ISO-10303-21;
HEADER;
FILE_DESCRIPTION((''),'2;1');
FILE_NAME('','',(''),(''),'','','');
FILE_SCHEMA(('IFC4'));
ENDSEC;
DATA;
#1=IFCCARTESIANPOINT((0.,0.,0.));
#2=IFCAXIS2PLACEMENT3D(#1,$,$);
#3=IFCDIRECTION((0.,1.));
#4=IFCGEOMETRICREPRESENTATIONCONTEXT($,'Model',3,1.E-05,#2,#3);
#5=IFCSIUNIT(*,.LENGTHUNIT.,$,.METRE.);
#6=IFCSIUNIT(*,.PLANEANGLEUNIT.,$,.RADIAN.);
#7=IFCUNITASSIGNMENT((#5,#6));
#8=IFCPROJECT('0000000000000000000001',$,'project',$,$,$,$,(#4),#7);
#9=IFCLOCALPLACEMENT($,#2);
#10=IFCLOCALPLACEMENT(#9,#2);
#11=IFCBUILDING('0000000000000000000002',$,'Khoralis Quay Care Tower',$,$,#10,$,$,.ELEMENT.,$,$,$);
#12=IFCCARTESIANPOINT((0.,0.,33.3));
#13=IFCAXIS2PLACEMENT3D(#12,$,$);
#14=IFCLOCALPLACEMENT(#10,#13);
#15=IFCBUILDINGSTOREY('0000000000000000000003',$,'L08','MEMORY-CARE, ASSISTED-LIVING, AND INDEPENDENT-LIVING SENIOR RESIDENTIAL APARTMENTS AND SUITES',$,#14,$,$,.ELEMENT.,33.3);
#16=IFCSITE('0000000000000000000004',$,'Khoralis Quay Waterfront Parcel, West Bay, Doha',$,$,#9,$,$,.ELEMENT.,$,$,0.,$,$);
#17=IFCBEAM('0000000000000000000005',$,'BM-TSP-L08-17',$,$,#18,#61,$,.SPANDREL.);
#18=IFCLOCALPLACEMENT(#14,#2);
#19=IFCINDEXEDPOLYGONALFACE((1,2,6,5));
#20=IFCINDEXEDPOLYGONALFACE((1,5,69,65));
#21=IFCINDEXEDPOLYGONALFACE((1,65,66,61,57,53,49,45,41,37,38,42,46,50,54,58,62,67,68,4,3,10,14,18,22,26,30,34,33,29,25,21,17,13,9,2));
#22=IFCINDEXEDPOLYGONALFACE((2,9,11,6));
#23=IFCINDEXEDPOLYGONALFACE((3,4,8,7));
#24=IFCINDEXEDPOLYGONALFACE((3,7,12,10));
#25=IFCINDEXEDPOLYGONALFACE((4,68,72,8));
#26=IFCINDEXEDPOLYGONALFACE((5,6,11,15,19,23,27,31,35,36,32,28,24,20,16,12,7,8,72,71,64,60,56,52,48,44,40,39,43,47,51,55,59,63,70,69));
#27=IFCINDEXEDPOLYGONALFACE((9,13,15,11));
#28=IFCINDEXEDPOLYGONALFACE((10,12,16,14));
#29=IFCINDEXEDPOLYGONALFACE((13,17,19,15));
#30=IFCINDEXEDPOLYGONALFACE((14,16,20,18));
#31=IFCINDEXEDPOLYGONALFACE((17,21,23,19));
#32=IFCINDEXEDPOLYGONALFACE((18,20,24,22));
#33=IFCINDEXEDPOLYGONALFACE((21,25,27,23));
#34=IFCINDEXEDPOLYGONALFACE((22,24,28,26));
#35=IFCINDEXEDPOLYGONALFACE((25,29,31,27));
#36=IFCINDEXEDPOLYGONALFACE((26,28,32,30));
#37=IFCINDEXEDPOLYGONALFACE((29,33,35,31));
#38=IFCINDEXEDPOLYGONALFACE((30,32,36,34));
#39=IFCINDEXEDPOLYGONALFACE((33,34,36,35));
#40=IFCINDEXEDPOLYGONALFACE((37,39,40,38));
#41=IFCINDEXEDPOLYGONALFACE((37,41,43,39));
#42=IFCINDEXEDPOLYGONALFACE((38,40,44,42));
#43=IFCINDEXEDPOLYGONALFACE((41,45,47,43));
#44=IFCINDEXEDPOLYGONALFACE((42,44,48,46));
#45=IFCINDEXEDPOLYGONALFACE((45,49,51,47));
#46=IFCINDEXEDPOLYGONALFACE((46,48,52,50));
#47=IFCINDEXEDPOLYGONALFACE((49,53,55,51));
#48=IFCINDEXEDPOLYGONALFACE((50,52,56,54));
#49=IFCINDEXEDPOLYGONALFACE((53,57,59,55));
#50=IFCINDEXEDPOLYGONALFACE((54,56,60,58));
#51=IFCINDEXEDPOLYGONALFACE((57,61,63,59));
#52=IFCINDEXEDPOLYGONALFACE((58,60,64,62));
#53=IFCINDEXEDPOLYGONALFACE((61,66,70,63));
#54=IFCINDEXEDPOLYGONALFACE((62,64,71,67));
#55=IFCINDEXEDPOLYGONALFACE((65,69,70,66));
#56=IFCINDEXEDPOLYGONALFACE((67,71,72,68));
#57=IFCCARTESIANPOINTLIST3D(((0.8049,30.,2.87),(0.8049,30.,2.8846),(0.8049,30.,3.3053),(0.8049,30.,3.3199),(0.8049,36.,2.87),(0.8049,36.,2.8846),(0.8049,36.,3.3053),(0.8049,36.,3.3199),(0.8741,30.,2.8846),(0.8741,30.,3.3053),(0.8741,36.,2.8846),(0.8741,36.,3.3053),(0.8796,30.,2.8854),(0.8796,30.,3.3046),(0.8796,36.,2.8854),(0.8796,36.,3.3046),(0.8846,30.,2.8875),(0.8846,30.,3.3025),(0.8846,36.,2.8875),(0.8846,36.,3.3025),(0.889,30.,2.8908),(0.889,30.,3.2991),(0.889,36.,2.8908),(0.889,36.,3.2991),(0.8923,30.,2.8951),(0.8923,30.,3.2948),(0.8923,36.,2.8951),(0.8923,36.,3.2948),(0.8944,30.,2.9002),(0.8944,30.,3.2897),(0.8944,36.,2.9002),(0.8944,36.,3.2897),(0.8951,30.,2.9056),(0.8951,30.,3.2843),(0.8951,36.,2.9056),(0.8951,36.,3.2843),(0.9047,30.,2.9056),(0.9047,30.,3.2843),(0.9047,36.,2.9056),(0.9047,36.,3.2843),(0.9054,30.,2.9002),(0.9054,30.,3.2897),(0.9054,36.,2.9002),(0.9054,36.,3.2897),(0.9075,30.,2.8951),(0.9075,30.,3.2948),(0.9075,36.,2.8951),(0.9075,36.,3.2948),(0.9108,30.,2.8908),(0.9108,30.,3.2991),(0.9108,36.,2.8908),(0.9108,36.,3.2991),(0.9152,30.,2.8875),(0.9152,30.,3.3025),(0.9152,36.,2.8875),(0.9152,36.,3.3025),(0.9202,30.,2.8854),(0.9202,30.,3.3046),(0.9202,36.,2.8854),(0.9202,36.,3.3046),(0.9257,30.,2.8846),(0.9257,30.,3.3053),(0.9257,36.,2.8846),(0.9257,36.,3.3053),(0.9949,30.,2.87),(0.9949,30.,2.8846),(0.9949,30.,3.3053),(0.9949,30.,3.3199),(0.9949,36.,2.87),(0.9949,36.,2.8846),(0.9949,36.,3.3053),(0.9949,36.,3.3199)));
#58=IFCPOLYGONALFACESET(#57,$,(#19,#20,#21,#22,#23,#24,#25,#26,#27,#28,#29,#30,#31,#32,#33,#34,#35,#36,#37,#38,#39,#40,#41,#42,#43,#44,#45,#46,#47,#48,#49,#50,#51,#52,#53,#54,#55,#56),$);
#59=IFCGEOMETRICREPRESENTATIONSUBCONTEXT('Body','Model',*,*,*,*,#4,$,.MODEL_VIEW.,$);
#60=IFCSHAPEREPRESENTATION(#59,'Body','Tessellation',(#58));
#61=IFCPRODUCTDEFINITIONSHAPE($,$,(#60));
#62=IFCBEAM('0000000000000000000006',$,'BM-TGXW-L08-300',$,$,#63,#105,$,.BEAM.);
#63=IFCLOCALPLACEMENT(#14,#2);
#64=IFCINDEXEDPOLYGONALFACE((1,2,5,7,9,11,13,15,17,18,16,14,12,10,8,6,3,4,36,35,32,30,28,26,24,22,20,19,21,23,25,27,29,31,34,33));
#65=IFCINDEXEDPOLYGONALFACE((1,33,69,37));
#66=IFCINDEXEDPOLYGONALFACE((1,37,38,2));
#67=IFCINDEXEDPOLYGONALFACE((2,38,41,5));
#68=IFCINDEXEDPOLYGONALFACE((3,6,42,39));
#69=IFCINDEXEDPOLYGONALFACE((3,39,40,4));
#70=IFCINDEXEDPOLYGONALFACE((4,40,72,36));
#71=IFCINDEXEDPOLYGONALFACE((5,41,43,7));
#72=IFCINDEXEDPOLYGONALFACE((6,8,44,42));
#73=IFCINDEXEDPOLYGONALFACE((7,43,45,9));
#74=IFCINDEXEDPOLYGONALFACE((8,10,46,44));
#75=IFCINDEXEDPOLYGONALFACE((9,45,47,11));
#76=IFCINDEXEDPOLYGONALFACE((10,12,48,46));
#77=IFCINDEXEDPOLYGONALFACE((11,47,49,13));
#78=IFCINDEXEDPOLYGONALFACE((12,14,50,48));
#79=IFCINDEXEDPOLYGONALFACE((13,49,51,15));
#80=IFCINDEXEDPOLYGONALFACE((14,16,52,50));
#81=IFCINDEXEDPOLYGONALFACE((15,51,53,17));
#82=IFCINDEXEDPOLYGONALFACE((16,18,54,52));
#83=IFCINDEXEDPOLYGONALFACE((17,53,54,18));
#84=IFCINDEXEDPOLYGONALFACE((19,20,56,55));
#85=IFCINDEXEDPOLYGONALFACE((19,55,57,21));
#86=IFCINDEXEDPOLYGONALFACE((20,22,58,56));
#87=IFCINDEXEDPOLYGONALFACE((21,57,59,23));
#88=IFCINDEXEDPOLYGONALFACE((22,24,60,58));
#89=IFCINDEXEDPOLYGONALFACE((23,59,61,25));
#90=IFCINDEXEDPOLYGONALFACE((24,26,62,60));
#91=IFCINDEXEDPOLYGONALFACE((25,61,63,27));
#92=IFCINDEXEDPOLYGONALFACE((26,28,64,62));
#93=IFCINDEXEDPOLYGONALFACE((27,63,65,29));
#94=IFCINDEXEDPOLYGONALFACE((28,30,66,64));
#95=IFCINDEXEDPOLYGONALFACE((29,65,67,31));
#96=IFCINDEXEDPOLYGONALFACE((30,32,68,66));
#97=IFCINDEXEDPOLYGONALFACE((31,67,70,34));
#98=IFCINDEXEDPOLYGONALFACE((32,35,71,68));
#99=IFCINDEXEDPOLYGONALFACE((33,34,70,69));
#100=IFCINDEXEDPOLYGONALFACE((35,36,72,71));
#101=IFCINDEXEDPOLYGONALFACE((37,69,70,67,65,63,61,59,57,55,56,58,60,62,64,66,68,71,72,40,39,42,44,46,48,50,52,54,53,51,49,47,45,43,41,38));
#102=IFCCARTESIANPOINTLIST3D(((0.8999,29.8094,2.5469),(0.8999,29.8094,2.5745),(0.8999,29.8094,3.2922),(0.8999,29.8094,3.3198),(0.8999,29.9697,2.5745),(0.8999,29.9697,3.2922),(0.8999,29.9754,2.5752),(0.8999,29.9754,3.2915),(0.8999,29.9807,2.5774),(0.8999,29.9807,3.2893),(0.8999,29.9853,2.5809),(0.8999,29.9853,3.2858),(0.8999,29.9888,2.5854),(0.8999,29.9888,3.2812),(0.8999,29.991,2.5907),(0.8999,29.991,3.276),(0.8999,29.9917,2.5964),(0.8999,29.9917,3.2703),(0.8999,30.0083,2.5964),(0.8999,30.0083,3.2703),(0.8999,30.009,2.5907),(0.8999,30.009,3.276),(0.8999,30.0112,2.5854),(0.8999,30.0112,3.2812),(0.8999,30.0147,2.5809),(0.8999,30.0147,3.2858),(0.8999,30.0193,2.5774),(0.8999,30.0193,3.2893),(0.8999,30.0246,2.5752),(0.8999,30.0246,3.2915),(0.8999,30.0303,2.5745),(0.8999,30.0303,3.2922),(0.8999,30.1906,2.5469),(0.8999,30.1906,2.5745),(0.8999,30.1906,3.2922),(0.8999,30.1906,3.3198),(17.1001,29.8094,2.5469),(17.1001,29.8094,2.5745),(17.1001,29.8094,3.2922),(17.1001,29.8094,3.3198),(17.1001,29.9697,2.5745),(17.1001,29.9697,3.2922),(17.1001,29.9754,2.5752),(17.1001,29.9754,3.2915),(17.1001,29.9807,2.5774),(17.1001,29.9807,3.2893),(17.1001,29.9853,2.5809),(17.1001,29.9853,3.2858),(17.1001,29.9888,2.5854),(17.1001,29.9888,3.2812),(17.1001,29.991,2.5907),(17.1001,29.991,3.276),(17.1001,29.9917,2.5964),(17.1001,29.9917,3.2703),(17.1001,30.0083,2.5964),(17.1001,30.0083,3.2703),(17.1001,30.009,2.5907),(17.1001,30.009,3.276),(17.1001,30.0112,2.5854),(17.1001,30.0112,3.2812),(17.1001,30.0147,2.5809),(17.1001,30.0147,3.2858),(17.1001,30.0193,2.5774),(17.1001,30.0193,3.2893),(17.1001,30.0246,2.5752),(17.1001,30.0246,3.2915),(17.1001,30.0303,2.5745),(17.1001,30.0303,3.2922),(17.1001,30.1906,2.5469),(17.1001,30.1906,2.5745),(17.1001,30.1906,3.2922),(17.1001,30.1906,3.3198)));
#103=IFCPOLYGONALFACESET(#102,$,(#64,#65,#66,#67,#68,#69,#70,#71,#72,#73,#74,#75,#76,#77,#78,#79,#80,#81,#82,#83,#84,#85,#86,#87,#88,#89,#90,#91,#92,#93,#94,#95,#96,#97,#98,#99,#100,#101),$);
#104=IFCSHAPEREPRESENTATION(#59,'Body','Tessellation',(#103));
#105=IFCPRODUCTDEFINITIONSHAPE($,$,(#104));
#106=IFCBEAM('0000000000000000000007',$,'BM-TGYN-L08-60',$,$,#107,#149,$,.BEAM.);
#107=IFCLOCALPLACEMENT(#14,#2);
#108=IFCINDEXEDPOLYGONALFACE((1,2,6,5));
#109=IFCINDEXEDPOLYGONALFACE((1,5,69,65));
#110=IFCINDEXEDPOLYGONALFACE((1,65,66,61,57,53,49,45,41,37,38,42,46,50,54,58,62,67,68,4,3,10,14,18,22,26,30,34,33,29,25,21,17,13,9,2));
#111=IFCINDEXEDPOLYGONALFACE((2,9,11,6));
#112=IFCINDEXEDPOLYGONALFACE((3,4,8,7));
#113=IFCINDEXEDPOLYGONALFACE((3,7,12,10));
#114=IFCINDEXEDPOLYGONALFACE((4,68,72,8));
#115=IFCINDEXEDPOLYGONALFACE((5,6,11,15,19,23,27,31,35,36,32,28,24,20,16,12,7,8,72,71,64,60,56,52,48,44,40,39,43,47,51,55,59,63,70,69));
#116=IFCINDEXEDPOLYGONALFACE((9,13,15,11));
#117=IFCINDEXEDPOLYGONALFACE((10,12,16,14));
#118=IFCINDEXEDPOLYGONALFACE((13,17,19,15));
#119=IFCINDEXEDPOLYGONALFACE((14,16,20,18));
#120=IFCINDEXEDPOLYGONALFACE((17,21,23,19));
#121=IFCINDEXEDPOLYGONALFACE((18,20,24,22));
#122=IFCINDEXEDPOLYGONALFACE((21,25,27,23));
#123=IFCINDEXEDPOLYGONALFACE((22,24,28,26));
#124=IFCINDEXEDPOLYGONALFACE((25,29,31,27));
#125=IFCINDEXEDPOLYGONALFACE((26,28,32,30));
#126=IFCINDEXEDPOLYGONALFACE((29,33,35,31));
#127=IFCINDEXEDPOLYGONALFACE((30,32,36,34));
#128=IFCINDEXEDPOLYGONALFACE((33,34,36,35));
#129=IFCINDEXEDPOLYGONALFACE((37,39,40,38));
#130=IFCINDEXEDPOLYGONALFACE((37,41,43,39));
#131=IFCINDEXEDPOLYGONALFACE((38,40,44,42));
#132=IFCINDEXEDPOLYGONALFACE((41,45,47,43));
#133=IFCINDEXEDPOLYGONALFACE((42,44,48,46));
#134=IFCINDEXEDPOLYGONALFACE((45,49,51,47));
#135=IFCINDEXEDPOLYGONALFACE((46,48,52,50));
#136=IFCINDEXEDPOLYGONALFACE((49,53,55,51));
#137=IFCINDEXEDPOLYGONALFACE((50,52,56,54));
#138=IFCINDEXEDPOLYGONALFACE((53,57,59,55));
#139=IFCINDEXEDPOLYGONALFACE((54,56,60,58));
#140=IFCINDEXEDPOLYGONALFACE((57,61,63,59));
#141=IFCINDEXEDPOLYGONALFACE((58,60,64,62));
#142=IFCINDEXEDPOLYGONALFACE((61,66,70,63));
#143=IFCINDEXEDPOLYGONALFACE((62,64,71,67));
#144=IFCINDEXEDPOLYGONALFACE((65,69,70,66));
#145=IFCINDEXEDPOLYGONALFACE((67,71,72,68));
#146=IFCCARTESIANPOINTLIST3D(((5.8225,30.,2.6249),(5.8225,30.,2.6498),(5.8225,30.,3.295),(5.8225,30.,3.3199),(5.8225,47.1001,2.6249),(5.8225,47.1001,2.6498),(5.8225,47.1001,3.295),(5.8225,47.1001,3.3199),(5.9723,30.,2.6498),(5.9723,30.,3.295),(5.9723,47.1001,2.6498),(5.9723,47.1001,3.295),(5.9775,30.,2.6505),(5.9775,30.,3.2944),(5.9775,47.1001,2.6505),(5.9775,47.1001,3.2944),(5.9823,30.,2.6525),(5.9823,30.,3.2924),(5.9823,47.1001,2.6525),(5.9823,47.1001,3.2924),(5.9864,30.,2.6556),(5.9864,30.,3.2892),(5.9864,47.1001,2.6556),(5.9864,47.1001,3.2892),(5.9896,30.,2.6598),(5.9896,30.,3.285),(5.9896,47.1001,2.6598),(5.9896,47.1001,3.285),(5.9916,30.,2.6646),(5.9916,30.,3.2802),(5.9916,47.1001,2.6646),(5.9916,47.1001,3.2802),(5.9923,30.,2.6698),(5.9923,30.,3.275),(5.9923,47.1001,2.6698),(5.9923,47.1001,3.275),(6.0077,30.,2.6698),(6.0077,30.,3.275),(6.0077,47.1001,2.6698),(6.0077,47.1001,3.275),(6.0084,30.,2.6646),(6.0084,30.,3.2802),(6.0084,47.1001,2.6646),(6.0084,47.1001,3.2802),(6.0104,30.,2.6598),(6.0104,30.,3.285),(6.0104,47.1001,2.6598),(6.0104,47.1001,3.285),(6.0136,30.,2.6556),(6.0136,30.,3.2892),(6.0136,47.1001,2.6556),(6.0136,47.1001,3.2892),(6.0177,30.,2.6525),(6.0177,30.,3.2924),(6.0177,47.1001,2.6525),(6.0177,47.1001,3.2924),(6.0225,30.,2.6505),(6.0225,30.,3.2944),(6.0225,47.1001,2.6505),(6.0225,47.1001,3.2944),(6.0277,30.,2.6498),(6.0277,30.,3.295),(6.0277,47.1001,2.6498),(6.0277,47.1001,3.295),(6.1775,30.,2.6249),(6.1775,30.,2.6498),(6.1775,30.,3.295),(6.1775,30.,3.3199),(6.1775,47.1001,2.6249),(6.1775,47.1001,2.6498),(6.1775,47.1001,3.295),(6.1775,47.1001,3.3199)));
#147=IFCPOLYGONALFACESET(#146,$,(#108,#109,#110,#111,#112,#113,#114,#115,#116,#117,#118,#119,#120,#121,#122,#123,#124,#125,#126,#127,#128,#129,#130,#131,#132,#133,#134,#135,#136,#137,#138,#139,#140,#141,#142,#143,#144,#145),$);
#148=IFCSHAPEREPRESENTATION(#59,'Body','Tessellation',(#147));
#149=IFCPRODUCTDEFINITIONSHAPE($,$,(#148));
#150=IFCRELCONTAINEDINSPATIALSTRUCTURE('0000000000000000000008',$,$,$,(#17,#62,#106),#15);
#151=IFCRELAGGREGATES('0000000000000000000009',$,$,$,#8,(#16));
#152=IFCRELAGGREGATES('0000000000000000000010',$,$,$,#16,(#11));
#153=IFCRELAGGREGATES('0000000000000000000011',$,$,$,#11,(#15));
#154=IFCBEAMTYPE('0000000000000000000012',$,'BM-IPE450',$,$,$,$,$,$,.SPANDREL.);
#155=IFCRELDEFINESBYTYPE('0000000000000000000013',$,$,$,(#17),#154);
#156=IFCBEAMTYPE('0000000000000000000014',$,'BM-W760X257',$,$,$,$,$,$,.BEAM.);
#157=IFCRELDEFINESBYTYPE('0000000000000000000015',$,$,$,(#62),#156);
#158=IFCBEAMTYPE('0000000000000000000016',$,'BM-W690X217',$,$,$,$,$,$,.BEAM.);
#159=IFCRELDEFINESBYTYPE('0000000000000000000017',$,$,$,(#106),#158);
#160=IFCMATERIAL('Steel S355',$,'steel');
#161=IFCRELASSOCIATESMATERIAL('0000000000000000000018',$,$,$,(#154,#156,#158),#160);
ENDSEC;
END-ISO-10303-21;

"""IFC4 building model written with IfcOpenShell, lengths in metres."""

from ifc_helpers import new_model, si_unit, direction, frame, origin, origin_2d, place, context, subcontext, project, spatial, i_section, extrude, source, transform, mapped, material, material_profile, profile_set, type_object, element, save


model = new_model("IFC4")

# Units and contexts
model_context = context("Model", 3, precision=1e-05, world=origin(), true_north=direction((0.0, 1.0)))
body_context = subcontext(model_context, "Body", "Model", "MODEL_VIEW")
ifc_project = project(units=[si_unit("LENGTHUNIT", "METRE"), si_unit("PLANEANGLEUNIT", "RADIAN")], contexts=[model_context])

# Site, building, storey
site_placement = place(None, origin())
site = spatial("IfcSite", under=ifc_project, at=site_placement, Name="Khoralis Quay Waterfront Parcel, West Bay, Doha", CompositionType="ELEMENT", RefElevation=0.0)
building_placement = place(site_placement, origin())
building = spatial("IfcBuilding", under=site, at=building_placement, Name="Khoralis Quay Care Tower", CompositionType="ELEMENT")
storey_placement = place(building_placement, frame((0.0, 0.0, 33.3)))
storey = spatial("IfcBuildingStorey", under=building, at=storey_placement, Name="L08", Description="MEMORY-CARE, ASSISTED-LIVING, AND INDEPENDENT-LIVING SENIOR RESIDENTIAL APARTMENTS AND SUITES", CompositionType="ELEMENT", Elevation=33.3)

# Beams
ifc_material_1 = material(Name="Steel S355", Category="steel")
ifc_material_profile_1 = material_profile(ifc_material_1, i_section(OverallWidth=0.1899, OverallDepth=0.45, WebThickness=0.0095, FlangeThickness=0.0146, FilletRadius=0.021, at=origin_2d()), Name="Steel S355")
ifc_profile_set_1 = profile_set([ifc_material_profile_1], Name="Steel S355")
beam_type_1 = type_object("IfcBeamType", Name="BM-IPE450", PredefinedType="SPANDREL", material=ifc_profile_set_1)
shared_shape_1 = source(origin(), body_context, "Body", "SweptSolid", [
    extrude(i_section(OverallWidth=0.1899, OverallDepth=0.45, WebThickness=0.0095, FlangeThickness=0.0146, FilletRadius=0.021, at=origin_2d()), origin(), (0.0, 0.0, 1.0), 6.0),
])
beam_1_placement = place(storey_placement, frame((0.8999, 30.0, 3.095), z_axis=(0.0, 1.0, 0.0), x_axis=(-1.0, 0.0, 0.0)))
element("IfcBeam", 1, at=beam_1_placement, inside=storey, type_object=beam_type_1, Name="BM-TSP-L08-17", PredefinedType="SPANDREL", context=body_context, shape_type="MappedRepresentation", body=[
    mapped(shared_shape_1, transform((0.0, 0.0, 0.0), scale=1.0)),
])
ifc_material_profile_2 = material_profile(ifc_material_1, i_section(OverallWidth=0.3811, OverallDepth=0.7729, WebThickness=0.0166, FlangeThickness=0.0276, FilletRadius=0.022, at=origin_2d()), Name="Steel S355")
ifc_profile_set_2 = profile_set([ifc_material_profile_2], Name="Steel S355")
beam_type_2 = type_object("IfcBeamType", Name="BM-W760X257", PredefinedType="BEAM", material=ifc_profile_set_2)
shared_shape_2 = source(origin(), body_context, "Body", "SweptSolid", [
    extrude(i_section(OverallWidth=0.3811, OverallDepth=0.7729, WebThickness=0.0166, FlangeThickness=0.0276, FilletRadius=0.022, at=origin_2d()), origin(), (0.0, 0.0, 1.0), 16.2002),
])
beam_2_placement = place(storey_placement, frame((0.8999, 30.0, 2.9333), z_axis=(1.0, 0.0, 0.0), x_axis=(0.0, 1.0, 0.0)))
element("IfcBeam", 2, at=beam_2_placement, inside=storey, type_object=beam_type_2, Name="BM-TGXW-L08-300", PredefinedType="BEAM", context=body_context, shape_type="MappedRepresentation", body=[
    mapped(shared_shape_2, transform((0.0, 0.0, 0.0), scale=1.0)),
])
ifc_material_profile_3 = material_profile(ifc_material_1, i_section(OverallWidth=0.355, OverallDepth=0.6951, WebThickness=0.0154, FlangeThickness=0.0249, FilletRadius=0.02, at=origin_2d()), Name="Steel S355")
ifc_profile_set_3 = profile_set([ifc_material_profile_3], Name="Steel S355")
beam_type_3 = type_object("IfcBeamType", Name="BM-W690X217", PredefinedType="BEAM", material=ifc_profile_set_3)
shared_shape_3 = source(origin(), body_context, "Body", "SweptSolid", [
    extrude(i_section(OverallWidth=0.355, OverallDepth=0.6951, WebThickness=0.0154, FlangeThickness=0.0249, FilletRadius=0.02, at=origin_2d()), origin(), (0.0, 0.0, 1.0), 17.1001),
])
beam_3_placement = place(storey_placement, frame((6.0, 30.0, 2.9724), z_axis=(0.0, 1.0, 0.0), x_axis=(-1.0, 0.0, 0.0)))
element("IfcBeam", 3, at=beam_3_placement, inside=storey, type_object=beam_type_3, Name="BM-TGYN-L08-60", PredefinedType="BEAM", context=body_context, shape_type="MappedRepresentation", body=[
    mapped(shared_shape_3, transform((0.0, 0.0, 0.0), scale=1.0)),
])

save(model, "model.ifc")
